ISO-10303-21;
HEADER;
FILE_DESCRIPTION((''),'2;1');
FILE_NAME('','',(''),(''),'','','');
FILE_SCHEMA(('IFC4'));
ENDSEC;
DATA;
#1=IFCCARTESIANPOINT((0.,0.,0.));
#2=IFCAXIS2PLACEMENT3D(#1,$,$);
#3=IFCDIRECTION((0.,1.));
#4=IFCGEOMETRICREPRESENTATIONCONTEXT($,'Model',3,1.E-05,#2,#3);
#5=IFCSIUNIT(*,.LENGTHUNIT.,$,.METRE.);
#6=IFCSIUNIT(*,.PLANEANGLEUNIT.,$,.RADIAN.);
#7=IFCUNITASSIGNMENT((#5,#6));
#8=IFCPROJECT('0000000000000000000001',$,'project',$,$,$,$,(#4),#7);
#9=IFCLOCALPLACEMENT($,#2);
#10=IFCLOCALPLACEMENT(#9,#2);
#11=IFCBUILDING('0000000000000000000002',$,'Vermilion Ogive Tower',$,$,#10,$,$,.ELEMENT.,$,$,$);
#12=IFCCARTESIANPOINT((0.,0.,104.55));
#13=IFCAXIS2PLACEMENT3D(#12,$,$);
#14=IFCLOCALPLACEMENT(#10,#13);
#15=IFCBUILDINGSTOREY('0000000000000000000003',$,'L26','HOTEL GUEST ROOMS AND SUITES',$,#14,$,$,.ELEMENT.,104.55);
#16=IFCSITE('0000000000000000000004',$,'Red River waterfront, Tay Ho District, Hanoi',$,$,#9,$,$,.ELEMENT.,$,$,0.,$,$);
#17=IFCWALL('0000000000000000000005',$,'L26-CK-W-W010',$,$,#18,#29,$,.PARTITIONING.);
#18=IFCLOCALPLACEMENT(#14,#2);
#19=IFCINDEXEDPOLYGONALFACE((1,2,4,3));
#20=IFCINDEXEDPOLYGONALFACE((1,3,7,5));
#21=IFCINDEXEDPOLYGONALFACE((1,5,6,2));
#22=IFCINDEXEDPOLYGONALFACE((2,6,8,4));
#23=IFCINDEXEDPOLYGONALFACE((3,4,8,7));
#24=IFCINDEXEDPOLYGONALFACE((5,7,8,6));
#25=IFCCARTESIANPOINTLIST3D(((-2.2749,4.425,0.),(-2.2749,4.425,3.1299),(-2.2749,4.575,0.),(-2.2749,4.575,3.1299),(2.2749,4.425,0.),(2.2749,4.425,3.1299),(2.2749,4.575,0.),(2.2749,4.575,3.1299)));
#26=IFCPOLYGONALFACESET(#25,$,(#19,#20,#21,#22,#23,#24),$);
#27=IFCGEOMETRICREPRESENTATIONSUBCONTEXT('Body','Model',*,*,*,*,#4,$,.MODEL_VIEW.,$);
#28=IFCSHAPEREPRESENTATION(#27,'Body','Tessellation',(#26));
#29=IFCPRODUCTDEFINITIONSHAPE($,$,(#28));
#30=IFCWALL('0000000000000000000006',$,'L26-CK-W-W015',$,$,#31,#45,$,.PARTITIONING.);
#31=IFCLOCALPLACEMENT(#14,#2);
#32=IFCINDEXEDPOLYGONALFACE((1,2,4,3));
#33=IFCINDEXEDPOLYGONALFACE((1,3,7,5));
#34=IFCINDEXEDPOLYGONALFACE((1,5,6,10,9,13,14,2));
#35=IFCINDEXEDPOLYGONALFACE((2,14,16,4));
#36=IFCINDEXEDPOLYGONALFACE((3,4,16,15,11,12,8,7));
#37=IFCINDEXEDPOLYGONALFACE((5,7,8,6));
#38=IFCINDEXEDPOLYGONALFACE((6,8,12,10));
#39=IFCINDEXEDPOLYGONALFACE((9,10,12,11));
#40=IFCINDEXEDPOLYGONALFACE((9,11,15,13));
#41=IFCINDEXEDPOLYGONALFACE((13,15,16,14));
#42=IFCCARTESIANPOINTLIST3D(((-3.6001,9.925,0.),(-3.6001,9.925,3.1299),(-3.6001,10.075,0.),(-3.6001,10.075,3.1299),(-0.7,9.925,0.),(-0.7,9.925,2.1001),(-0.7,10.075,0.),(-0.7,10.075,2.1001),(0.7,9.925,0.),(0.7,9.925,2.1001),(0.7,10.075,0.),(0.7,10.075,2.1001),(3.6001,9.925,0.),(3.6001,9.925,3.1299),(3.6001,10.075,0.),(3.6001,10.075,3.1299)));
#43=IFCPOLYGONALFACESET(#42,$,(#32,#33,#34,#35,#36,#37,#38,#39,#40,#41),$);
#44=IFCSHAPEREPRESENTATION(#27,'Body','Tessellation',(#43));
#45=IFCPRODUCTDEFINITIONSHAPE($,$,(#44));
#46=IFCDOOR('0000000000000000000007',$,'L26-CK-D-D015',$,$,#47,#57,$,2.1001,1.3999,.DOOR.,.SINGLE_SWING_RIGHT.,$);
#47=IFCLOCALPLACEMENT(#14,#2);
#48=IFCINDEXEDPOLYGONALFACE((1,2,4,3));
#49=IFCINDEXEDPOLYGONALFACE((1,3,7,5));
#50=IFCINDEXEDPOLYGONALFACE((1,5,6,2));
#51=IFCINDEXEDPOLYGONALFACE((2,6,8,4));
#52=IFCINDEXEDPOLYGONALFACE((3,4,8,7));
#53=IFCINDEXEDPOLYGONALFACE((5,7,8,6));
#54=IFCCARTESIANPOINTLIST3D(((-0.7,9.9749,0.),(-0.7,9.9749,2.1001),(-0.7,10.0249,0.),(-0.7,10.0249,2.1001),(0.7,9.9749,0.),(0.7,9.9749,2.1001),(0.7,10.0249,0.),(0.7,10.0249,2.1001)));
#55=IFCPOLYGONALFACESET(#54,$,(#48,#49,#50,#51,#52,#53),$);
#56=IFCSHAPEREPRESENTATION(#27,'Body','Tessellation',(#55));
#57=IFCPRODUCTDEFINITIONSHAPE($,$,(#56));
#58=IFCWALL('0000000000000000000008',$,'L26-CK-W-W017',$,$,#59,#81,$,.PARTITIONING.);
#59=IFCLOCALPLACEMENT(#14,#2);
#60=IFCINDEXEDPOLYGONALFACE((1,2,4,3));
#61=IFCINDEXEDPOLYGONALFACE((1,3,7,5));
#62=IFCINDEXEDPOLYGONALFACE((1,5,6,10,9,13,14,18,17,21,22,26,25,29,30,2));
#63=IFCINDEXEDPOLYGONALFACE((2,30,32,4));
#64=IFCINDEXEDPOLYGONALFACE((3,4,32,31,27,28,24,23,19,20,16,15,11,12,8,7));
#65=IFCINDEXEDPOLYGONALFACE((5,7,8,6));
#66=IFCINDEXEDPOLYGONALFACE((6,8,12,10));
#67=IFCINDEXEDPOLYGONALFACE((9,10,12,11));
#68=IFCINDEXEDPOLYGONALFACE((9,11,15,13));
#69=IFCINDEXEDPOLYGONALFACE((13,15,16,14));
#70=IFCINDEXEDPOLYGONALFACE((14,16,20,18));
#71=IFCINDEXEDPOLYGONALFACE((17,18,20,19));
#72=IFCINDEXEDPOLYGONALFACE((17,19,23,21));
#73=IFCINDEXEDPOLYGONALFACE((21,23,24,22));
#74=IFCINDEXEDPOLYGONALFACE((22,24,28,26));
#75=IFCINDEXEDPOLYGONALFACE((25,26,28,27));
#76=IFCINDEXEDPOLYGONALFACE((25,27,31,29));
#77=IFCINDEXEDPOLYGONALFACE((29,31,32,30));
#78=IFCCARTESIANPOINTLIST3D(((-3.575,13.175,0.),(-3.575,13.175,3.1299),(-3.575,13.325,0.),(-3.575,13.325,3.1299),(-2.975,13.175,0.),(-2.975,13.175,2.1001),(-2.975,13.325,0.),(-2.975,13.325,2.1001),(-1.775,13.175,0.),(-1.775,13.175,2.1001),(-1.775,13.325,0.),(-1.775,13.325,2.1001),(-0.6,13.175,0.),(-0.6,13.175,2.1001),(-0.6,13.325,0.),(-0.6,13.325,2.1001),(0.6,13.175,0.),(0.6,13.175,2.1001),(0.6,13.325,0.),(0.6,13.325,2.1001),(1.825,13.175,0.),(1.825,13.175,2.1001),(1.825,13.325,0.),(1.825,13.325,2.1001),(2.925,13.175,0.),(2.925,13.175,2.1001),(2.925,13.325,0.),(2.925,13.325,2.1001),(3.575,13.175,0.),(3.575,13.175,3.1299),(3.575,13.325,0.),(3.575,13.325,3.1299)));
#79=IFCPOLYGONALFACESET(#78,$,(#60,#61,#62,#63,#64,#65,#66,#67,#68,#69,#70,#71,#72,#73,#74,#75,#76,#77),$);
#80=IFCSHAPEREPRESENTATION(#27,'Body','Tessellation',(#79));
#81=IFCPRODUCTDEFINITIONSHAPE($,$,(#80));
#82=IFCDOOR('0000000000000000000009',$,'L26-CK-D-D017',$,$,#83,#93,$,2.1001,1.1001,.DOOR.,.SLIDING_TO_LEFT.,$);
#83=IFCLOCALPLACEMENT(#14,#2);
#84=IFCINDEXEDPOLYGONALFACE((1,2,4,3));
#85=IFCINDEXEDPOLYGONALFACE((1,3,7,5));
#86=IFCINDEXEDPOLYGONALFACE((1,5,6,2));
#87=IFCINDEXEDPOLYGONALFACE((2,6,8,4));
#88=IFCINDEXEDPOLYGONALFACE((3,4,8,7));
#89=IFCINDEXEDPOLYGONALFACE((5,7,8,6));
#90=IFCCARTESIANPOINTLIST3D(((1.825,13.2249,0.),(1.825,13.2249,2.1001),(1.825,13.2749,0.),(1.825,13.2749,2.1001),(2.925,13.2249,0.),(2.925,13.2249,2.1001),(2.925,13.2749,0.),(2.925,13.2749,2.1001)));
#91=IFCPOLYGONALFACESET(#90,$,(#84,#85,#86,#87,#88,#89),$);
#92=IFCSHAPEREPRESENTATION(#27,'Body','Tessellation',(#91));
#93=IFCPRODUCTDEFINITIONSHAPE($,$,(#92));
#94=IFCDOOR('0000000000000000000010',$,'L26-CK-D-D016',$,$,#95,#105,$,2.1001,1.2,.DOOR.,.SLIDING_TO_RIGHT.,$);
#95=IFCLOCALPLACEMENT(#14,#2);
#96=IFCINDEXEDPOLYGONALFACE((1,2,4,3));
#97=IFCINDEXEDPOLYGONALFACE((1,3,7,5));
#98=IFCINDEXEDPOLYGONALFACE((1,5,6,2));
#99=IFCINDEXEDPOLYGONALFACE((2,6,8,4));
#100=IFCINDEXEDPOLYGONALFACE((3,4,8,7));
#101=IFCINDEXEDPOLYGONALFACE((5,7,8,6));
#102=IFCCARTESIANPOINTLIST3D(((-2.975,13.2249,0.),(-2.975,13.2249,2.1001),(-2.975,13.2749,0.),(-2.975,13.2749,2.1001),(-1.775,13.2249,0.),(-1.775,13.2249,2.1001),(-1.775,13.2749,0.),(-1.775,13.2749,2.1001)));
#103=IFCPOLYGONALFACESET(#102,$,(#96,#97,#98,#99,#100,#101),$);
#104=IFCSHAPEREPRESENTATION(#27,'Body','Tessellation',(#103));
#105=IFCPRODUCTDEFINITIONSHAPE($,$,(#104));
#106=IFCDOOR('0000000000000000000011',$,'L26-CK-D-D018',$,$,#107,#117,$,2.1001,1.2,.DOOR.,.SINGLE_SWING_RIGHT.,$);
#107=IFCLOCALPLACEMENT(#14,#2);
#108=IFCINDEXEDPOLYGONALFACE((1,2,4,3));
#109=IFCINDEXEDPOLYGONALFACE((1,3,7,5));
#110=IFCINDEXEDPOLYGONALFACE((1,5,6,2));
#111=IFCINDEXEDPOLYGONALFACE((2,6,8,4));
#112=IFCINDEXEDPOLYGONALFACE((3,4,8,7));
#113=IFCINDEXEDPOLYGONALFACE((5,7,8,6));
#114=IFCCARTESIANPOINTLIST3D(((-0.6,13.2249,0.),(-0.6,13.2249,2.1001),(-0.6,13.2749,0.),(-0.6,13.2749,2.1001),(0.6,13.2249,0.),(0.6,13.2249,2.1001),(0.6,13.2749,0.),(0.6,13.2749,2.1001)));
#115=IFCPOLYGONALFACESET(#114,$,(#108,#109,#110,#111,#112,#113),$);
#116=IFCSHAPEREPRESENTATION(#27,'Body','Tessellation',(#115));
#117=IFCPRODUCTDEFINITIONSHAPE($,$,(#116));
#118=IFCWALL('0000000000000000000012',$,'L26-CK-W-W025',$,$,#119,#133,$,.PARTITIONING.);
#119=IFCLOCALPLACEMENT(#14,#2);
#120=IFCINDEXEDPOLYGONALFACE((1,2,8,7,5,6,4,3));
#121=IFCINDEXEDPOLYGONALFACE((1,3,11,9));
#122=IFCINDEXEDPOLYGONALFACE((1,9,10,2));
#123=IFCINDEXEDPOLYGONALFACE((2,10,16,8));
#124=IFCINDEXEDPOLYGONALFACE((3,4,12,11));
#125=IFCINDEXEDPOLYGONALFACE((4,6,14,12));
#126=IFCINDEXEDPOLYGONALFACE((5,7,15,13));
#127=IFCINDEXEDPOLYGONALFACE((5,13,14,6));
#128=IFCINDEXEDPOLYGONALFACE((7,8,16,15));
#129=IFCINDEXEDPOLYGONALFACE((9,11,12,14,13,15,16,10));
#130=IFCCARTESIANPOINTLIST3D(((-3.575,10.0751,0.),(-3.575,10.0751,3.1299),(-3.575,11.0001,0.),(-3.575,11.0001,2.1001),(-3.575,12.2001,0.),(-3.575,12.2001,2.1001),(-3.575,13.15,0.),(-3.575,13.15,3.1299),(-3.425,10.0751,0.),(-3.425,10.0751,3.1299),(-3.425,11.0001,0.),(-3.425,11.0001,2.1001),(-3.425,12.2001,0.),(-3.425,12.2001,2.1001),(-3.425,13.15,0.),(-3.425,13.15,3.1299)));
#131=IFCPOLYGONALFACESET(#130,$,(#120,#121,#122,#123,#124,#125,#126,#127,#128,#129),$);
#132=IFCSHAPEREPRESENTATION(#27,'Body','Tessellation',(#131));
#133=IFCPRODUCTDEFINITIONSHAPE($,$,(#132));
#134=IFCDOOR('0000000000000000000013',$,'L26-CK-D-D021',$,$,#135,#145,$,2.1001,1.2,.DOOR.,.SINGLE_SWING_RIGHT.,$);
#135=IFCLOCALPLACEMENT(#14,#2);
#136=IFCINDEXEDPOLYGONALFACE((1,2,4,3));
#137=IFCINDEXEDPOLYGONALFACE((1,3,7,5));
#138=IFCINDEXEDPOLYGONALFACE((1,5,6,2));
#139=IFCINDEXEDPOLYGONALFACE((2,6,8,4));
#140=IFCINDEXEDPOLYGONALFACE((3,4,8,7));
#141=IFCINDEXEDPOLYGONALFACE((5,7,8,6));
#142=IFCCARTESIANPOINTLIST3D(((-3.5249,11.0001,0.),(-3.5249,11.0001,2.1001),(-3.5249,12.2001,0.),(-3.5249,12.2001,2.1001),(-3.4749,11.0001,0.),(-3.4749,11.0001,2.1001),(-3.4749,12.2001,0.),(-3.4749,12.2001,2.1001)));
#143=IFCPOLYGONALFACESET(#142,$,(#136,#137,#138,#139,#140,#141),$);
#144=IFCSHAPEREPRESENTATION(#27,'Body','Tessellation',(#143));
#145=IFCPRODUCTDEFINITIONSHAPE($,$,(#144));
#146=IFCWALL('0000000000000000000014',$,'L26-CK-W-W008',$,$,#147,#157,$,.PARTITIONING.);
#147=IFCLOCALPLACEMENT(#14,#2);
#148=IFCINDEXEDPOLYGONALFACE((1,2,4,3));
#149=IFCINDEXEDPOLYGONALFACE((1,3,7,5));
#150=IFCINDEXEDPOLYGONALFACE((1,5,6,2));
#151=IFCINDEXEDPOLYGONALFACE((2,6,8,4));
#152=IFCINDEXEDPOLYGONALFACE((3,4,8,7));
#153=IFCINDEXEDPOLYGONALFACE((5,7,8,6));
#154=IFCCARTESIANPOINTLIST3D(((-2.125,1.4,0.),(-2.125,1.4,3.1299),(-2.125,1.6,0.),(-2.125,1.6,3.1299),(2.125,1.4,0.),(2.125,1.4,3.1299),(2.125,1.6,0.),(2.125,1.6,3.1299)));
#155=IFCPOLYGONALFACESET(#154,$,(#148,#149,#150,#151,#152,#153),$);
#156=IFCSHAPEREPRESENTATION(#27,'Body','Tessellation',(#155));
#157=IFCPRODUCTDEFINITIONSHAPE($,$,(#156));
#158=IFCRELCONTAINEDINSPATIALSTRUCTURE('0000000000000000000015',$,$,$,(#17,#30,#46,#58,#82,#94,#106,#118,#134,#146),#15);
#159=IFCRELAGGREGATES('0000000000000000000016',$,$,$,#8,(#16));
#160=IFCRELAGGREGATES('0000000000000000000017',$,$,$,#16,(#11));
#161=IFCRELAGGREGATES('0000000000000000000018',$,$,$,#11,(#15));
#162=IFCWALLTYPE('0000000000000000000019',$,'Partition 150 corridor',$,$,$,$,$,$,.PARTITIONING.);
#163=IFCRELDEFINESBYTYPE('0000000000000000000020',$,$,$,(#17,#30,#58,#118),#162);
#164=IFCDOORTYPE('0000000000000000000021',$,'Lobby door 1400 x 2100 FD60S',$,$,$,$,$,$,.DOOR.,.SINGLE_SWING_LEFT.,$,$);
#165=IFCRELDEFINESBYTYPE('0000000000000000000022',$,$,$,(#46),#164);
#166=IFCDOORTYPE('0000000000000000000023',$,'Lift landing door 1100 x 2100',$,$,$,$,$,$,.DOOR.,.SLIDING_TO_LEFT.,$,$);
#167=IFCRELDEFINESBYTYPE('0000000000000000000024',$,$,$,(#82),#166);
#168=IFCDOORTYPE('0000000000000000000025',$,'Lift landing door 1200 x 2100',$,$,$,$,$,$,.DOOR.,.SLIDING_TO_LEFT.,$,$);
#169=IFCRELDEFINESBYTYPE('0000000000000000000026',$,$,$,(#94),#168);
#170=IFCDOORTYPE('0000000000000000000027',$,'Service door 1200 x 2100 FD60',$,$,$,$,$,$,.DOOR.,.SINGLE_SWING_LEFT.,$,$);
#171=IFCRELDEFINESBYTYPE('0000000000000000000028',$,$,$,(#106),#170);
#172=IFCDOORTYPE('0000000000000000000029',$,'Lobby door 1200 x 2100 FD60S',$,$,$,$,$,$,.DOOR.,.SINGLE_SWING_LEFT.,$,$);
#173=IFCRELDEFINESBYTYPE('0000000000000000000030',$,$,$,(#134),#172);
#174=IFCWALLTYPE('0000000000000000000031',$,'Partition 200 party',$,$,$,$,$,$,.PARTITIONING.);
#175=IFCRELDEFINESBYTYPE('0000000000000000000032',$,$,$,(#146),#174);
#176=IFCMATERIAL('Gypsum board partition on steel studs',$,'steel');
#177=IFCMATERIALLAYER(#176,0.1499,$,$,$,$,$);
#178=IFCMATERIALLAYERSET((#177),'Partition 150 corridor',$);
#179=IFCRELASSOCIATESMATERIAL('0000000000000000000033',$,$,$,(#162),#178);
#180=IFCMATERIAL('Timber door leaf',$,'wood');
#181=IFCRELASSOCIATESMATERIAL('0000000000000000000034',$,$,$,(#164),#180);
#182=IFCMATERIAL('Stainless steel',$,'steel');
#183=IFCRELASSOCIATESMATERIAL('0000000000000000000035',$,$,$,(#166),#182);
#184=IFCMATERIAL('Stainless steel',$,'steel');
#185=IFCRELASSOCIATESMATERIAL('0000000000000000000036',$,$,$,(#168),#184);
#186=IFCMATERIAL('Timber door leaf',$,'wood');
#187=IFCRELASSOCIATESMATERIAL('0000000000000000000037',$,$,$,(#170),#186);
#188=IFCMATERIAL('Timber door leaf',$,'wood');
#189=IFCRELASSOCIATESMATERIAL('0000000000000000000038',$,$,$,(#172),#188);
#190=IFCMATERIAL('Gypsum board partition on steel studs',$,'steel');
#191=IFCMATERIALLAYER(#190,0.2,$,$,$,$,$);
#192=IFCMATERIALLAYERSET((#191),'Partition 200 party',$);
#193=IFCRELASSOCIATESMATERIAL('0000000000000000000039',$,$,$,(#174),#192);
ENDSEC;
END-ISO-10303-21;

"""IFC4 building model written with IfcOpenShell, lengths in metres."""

from ifc_helpers import new_model, si_unit, direction, frame, frame_2d, origin, place, context, subcontext, project, spatial, rectangle, extrude, material, layer, layer_set, type_object, element, fill, save


model = new_model("IFC4")

# Units and contexts
model_context = context("Model", 3, precision=1e-05, world=origin(), true_north=direction((0.0, 1.0)))
body_context = subcontext(model_context, "Body", "Model", "MODEL_VIEW")
ifc_project = project(units=[si_unit("LENGTHUNIT", "METRE"), si_unit("PLANEANGLEUNIT", "RADIAN")], contexts=[model_context])

# Site, building, storey
site_placement = place(None, origin())
site = spatial("IfcSite", under=ifc_project, at=site_placement, Name="Red River waterfront, Tay Ho District, Hanoi", CompositionType="ELEMENT", RefElevation=0.0)
building_placement = place(site_placement, origin())
building = spatial("IfcBuilding", under=site, at=building_placement, Name="Vermilion Ogive Tower", CompositionType="ELEMENT")
storey_placement = place(building_placement, frame((0.0, 0.0, 104.55)))
storey = spatial("IfcBuildingStorey", under=building, at=storey_placement, Name="L26", Description="HOTEL GUEST ROOMS AND SUITES", CompositionType="ELEMENT", Elevation=104.55)

# Wall
ifc_material_1 = material(Name="Gypsum board partition on steel studs", Category="steel")
ifc_layer_1 = layer(ifc_material_1, 0.1499)
ifc_layer_set_1 = layer_set([ifc_layer_1], Name="Partition 150 corridor")
wall_type_1 = type_object("IfcWallType", Name="Partition 150 corridor", PredefinedType="PARTITIONING", material=ifc_layer_set_1)
wall_1_placement = place(storey_placement, frame((-2.2749, 4.5, 0.0), z_axis=(0.0, 0.0, 1.0), x_axis=(1.0, 0.0, 0.0)))
element("IfcWall", 1, at=wall_1_placement, inside=storey, type_object=wall_type_1, Name="L26-CK-W-W010", PredefinedType="PARTITIONING", context=body_context, shape_type="SweptSolid", body=[
    extrude(rectangle(XDim=4.5498, YDim=0.1499, at=frame_2d((2.2749, 0.0))), origin(), (0.0, 0.0, 1.0), 3.1299),
])

# Wall, opening, door
wall_2_placement = place(storey_placement, frame((-3.6001, 10.0, 0.0), z_axis=(0.0, 0.0, 1.0), x_axis=(1.0, 0.0, 0.0)))
wall_2 = element("IfcWall", 2, at=wall_2_placement, inside=storey, type_object=wall_type_1, Name="L26-CK-W-W015", PredefinedType="PARTITIONING", context=body_context, shape_type="SweptSolid", body=[
    extrude(rectangle(XDim=7.2002, YDim=0.1499, at=frame_2d((3.6001, 0.0))), origin(), (0.0, 0.0, 1.0), 3.1299),
])
opening_1_placement = place(wall_2_placement, frame((2.9001, 0.0, 0.0)))
opening_1 = element("IfcOpeningElement", 3, at=opening_1_placement, cuts=wall_2, PredefinedType="OPENING", context=body_context, shape_type="SweptSolid", body=[
    extrude(rectangle(XDim=1.3999, YDim=2.1001, at=frame_2d((0.7, 1.05))), frame((0.0, 0.085, 0.0), z_axis=(0.0, -1.0, 0.0), x_axis=(1.0, 0.0, 0.0)), (0.0, 0.0, 1.0), 0.1699),
])
ifc_material_2 = material(Name="Timber door leaf", Category="wood")
door_type_1 = type_object("IfcDoorType", Name="Lobby door 1400 x 2100 FD60S", OperationType="SINGLE_SWING_LEFT", PredefinedType="DOOR", material=ifc_material_2)
door_1_placement = place(opening_1_placement, origin())
door_1 = element("IfcDoor", 4, at=door_1_placement, inside=storey, type_object=door_type_1, Name="L26-CK-D-D015", OperationType="SINGLE_SWING_RIGHT", OverallHeight=2.1001, OverallWidth=1.3999, PredefinedType="DOOR", context=body_context, shape_type="SweptSolid", body=[
    extrude(rectangle(XDim=1.3999, YDim=2.1001, at=frame_2d((0.7, 1.05))), frame((0.0, 0.0249, 0.0), z_axis=(0.0, -1.0, 0.0), x_axis=(1.0, 0.0, 0.0)), (0.0, 0.0, 1.0), 0.05),
])
fill(opening_1, door_1)

# Wall, openings, doors
wall_3_placement = place(storey_placement, frame((-3.575, 13.25, 0.0), z_axis=(0.0, 0.0, 1.0), x_axis=(1.0, 0.0, 0.0)))
wall_3 = element("IfcWall", 5, at=wall_3_placement, inside=storey, type_object=wall_type_1, Name="L26-CK-W-W017", PredefinedType="PARTITIONING", context=body_context, shape_type="SweptSolid", body=[
    extrude(rectangle(XDim=7.1499, YDim=0.1499, at=frame_2d((3.575, 0.0))), origin(), (0.0, 0.0, 1.0), 3.1299),
])
opening_2_placement = place(wall_3_placement, frame((0.5999, 0.0, 0.0)))
opening_2 = element("IfcOpeningElement", 6, at=opening_2_placement, cuts=wall_3, PredefinedType="OPENING", context=body_context, shape_type="SweptSolid", body=[
    extrude(rectangle(XDim=1.2, YDim=2.1001, at=frame_2d((0.6001, 1.05))), frame((0.0, 0.085, 0.0), z_axis=(0.0, -1.0, 0.0), x_axis=(1.0, 0.0, 0.0)), (0.0, 0.0, 1.0), 0.1699),
])
opening_3_placement = place(wall_3_placement, frame((5.3999, 0.0, 0.0)))
opening_3 = element("IfcOpeningElement", 7, at=opening_3_placement, cuts=wall_3, PredefinedType="OPENING", context=body_context, shape_type="SweptSolid", body=[
    extrude(rectangle(XDim=1.1001, YDim=2.1001, at=frame_2d((0.55, 1.05))), frame((0.0, 0.085, 0.0), z_axis=(0.0, -1.0, 0.0), x_axis=(1.0, 0.0, 0.0)), (0.0, 0.0, 1.0), 0.1699),
])
opening_4_placement = place(wall_3_placement, frame((2.9749, 0.0, 0.0)))
opening_4 = element("IfcOpeningElement", 8, at=opening_4_placement, cuts=wall_3, PredefinedType="OPENING", context=body_context, shape_type="SweptSolid", body=[
    extrude(rectangle(XDim=1.2, YDim=2.1001, at=frame_2d((0.6001, 1.05))), frame((0.0, 0.085, 0.0), z_axis=(0.0, -1.0, 0.0), x_axis=(1.0, 0.0, 0.0)), (0.0, 0.0, 1.0), 0.1699),
])
ifc_material_3 = material(Name="Stainless steel", Category="steel")
door_type_2 = type_object("IfcDoorType", Name="Lift landing door 1100 x 2100", OperationType="SLIDING_TO_LEFT", PredefinedType="DOOR", material=ifc_material_3)
door_2_placement = place(opening_3_placement, origin())
door_2 = element("IfcDoor", 9, at=door_2_placement, inside=storey, type_object=door_type_2, Name="L26-CK-D-D017", OperationType="SLIDING_TO_LEFT", OverallHeight=2.1001, OverallWidth=1.1001, PredefinedType="DOOR", context=body_context, shape_type="SweptSolid", body=[
    extrude(rectangle(XDim=1.1001, YDim=2.1001, at=frame_2d((0.55, 1.05))), frame((0.0, 0.0249, 0.0), z_axis=(0.0, -1.0, 0.0), x_axis=(1.0, 0.0, 0.0)), (0.0, 0.0, 1.0), 0.05),
])
fill(opening_3, door_2)
ifc_material_4 = material(Name="Stainless steel", Category="steel")
door_type_3 = type_object("IfcDoorType", Name="Lift landing door 1200 x 2100", OperationType="SLIDING_TO_LEFT", PredefinedType="DOOR", material=ifc_material_4)
door_3_placement = place(opening_2_placement, origin())
door_3 = element("IfcDoor", 10, at=door_3_placement, inside=storey, type_object=door_type_3, Name="L26-CK-D-D016", OperationType="SLIDING_TO_RIGHT", OverallHeight=2.1001, OverallWidth=1.2, PredefinedType="DOOR", context=body_context, shape_type="SweptSolid", body=[
    extrude(rectangle(XDim=1.2, YDim=2.1001, at=frame_2d((0.6001, 1.05))), frame((0.0, 0.0249, 0.0), z_axis=(0.0, -1.0, 0.0), x_axis=(1.0, 0.0, 0.0)), (0.0, 0.0, 1.0), 0.05),
])
fill(opening_2, door_3)
ifc_material_5 = material(Name="Timber door leaf", Category="wood")
door_type_4 = type_object("IfcDoorType", Name="Service door 1200 x 2100 FD60", OperationType="SINGLE_SWING_LEFT", PredefinedType="DOOR", material=ifc_material_5)
door_4_placement = place(opening_4_placement, origin())
door_4 = element("IfcDoor", 11, at=door_4_placement, inside=storey, type_object=door_type_4, Name="L26-CK-D-D018", OperationType="SINGLE_SWING_RIGHT", OverallHeight=2.1001, OverallWidth=1.2, PredefinedType="DOOR", context=body_context, shape_type="SweptSolid", body=[
    extrude(rectangle(XDim=1.2, YDim=2.1001, at=frame_2d((0.6001, 1.05))), frame((0.0, 0.0249, 0.0), z_axis=(0.0, -1.0, 0.0), x_axis=(1.0, 0.0, 0.0)), (0.0, 0.0, 1.0), 0.05),
])
fill(opening_4, door_4)

# Wall, opening, door
wall_4_placement = place(storey_placement, frame((-3.5, 10.075, 0.0), z_axis=(0.0, 0.0, 1.0), x_axis=(0.0, 1.0, 0.0)))
wall_4 = element("IfcWall", 12, at=wall_4_placement, inside=storey, type_object=wall_type_1, Name="L26-CK-W-W025", PredefinedType="PARTITIONING", context=body_context, shape_type="SweptSolid", body=[
    extrude(rectangle(XDim=3.075, YDim=0.1499, at=frame_2d((1.5376, 0.0))), origin(), (0.0, 0.0, 1.0), 3.1299),
])
opening_5_placement = place(wall_4_placement, frame((0.925, 0.0, 0.0)))
opening_5 = element("IfcOpeningElement", 13, at=opening_5_placement, cuts=wall_4, PredefinedType="OPENING", context=body_context, shape_type="SweptSolid", body=[
    extrude(rectangle(XDim=1.2, YDim=2.1001, at=frame_2d((0.6001, 1.05))), frame((0.0, 0.085, 0.0), z_axis=(0.0, -1.0, 0.0), x_axis=(1.0, 0.0, 0.0)), (0.0, 0.0, 1.0), 0.1699),
])
ifc_material_6 = material(Name="Timber door leaf", Category="wood")
door_type_5 = type_object("IfcDoorType", Name="Lobby door 1200 x 2100 FD60S", OperationType="SINGLE_SWING_LEFT", PredefinedType="DOOR", material=ifc_material_6)
door_5_placement = place(opening_5_placement, origin())
door_5 = element("IfcDoor", 14, at=door_5_placement, inside=storey, type_object=door_type_5, Name="L26-CK-D-D021", OperationType="SINGLE_SWING_RIGHT", OverallHeight=2.1001, OverallWidth=1.2, PredefinedType="DOOR", context=body_context, shape_type="SweptSolid", body=[
    extrude(rectangle(XDim=1.2, YDim=2.1001, at=frame_2d((0.6001, 1.05))), frame((0.0, 0.0249, 0.0), z_axis=(0.0, -1.0, 0.0), x_axis=(1.0, 0.0, 0.0)), (0.0, 0.0, 1.0), 0.05),
])
fill(opening_5, door_5)

# Wall
ifc_material_7 = material(Name="Gypsum board partition on steel studs", Category="steel")
ifc_layer_2 = layer(ifc_material_7, 0.2)
ifc_layer_set_2 = layer_set([ifc_layer_2], Name="Partition 200 party")
wall_type_2 = type_object("IfcWallType", Name="Partition 200 party", PredefinedType="PARTITIONING", material=ifc_layer_set_2)
wall_5_placement = place(storey_placement, frame((-2.125, 1.5, 0.0), z_axis=(0.0, 0.0, 1.0), x_axis=(1.0, 0.0, 0.0)))
element("IfcWall", 15, at=wall_5_placement, inside=storey, type_object=wall_type_2, Name="L26-CK-W-W008", PredefinedType="PARTITIONING", context=body_context, shape_type="SweptSolid", body=[
    extrude(rectangle(XDim=4.25, YDim=0.2, at=frame_2d((2.125, 0.0))), origin(), (0.0, 0.0, 1.0), 3.1299),
])

save(model, "model.ifc")
